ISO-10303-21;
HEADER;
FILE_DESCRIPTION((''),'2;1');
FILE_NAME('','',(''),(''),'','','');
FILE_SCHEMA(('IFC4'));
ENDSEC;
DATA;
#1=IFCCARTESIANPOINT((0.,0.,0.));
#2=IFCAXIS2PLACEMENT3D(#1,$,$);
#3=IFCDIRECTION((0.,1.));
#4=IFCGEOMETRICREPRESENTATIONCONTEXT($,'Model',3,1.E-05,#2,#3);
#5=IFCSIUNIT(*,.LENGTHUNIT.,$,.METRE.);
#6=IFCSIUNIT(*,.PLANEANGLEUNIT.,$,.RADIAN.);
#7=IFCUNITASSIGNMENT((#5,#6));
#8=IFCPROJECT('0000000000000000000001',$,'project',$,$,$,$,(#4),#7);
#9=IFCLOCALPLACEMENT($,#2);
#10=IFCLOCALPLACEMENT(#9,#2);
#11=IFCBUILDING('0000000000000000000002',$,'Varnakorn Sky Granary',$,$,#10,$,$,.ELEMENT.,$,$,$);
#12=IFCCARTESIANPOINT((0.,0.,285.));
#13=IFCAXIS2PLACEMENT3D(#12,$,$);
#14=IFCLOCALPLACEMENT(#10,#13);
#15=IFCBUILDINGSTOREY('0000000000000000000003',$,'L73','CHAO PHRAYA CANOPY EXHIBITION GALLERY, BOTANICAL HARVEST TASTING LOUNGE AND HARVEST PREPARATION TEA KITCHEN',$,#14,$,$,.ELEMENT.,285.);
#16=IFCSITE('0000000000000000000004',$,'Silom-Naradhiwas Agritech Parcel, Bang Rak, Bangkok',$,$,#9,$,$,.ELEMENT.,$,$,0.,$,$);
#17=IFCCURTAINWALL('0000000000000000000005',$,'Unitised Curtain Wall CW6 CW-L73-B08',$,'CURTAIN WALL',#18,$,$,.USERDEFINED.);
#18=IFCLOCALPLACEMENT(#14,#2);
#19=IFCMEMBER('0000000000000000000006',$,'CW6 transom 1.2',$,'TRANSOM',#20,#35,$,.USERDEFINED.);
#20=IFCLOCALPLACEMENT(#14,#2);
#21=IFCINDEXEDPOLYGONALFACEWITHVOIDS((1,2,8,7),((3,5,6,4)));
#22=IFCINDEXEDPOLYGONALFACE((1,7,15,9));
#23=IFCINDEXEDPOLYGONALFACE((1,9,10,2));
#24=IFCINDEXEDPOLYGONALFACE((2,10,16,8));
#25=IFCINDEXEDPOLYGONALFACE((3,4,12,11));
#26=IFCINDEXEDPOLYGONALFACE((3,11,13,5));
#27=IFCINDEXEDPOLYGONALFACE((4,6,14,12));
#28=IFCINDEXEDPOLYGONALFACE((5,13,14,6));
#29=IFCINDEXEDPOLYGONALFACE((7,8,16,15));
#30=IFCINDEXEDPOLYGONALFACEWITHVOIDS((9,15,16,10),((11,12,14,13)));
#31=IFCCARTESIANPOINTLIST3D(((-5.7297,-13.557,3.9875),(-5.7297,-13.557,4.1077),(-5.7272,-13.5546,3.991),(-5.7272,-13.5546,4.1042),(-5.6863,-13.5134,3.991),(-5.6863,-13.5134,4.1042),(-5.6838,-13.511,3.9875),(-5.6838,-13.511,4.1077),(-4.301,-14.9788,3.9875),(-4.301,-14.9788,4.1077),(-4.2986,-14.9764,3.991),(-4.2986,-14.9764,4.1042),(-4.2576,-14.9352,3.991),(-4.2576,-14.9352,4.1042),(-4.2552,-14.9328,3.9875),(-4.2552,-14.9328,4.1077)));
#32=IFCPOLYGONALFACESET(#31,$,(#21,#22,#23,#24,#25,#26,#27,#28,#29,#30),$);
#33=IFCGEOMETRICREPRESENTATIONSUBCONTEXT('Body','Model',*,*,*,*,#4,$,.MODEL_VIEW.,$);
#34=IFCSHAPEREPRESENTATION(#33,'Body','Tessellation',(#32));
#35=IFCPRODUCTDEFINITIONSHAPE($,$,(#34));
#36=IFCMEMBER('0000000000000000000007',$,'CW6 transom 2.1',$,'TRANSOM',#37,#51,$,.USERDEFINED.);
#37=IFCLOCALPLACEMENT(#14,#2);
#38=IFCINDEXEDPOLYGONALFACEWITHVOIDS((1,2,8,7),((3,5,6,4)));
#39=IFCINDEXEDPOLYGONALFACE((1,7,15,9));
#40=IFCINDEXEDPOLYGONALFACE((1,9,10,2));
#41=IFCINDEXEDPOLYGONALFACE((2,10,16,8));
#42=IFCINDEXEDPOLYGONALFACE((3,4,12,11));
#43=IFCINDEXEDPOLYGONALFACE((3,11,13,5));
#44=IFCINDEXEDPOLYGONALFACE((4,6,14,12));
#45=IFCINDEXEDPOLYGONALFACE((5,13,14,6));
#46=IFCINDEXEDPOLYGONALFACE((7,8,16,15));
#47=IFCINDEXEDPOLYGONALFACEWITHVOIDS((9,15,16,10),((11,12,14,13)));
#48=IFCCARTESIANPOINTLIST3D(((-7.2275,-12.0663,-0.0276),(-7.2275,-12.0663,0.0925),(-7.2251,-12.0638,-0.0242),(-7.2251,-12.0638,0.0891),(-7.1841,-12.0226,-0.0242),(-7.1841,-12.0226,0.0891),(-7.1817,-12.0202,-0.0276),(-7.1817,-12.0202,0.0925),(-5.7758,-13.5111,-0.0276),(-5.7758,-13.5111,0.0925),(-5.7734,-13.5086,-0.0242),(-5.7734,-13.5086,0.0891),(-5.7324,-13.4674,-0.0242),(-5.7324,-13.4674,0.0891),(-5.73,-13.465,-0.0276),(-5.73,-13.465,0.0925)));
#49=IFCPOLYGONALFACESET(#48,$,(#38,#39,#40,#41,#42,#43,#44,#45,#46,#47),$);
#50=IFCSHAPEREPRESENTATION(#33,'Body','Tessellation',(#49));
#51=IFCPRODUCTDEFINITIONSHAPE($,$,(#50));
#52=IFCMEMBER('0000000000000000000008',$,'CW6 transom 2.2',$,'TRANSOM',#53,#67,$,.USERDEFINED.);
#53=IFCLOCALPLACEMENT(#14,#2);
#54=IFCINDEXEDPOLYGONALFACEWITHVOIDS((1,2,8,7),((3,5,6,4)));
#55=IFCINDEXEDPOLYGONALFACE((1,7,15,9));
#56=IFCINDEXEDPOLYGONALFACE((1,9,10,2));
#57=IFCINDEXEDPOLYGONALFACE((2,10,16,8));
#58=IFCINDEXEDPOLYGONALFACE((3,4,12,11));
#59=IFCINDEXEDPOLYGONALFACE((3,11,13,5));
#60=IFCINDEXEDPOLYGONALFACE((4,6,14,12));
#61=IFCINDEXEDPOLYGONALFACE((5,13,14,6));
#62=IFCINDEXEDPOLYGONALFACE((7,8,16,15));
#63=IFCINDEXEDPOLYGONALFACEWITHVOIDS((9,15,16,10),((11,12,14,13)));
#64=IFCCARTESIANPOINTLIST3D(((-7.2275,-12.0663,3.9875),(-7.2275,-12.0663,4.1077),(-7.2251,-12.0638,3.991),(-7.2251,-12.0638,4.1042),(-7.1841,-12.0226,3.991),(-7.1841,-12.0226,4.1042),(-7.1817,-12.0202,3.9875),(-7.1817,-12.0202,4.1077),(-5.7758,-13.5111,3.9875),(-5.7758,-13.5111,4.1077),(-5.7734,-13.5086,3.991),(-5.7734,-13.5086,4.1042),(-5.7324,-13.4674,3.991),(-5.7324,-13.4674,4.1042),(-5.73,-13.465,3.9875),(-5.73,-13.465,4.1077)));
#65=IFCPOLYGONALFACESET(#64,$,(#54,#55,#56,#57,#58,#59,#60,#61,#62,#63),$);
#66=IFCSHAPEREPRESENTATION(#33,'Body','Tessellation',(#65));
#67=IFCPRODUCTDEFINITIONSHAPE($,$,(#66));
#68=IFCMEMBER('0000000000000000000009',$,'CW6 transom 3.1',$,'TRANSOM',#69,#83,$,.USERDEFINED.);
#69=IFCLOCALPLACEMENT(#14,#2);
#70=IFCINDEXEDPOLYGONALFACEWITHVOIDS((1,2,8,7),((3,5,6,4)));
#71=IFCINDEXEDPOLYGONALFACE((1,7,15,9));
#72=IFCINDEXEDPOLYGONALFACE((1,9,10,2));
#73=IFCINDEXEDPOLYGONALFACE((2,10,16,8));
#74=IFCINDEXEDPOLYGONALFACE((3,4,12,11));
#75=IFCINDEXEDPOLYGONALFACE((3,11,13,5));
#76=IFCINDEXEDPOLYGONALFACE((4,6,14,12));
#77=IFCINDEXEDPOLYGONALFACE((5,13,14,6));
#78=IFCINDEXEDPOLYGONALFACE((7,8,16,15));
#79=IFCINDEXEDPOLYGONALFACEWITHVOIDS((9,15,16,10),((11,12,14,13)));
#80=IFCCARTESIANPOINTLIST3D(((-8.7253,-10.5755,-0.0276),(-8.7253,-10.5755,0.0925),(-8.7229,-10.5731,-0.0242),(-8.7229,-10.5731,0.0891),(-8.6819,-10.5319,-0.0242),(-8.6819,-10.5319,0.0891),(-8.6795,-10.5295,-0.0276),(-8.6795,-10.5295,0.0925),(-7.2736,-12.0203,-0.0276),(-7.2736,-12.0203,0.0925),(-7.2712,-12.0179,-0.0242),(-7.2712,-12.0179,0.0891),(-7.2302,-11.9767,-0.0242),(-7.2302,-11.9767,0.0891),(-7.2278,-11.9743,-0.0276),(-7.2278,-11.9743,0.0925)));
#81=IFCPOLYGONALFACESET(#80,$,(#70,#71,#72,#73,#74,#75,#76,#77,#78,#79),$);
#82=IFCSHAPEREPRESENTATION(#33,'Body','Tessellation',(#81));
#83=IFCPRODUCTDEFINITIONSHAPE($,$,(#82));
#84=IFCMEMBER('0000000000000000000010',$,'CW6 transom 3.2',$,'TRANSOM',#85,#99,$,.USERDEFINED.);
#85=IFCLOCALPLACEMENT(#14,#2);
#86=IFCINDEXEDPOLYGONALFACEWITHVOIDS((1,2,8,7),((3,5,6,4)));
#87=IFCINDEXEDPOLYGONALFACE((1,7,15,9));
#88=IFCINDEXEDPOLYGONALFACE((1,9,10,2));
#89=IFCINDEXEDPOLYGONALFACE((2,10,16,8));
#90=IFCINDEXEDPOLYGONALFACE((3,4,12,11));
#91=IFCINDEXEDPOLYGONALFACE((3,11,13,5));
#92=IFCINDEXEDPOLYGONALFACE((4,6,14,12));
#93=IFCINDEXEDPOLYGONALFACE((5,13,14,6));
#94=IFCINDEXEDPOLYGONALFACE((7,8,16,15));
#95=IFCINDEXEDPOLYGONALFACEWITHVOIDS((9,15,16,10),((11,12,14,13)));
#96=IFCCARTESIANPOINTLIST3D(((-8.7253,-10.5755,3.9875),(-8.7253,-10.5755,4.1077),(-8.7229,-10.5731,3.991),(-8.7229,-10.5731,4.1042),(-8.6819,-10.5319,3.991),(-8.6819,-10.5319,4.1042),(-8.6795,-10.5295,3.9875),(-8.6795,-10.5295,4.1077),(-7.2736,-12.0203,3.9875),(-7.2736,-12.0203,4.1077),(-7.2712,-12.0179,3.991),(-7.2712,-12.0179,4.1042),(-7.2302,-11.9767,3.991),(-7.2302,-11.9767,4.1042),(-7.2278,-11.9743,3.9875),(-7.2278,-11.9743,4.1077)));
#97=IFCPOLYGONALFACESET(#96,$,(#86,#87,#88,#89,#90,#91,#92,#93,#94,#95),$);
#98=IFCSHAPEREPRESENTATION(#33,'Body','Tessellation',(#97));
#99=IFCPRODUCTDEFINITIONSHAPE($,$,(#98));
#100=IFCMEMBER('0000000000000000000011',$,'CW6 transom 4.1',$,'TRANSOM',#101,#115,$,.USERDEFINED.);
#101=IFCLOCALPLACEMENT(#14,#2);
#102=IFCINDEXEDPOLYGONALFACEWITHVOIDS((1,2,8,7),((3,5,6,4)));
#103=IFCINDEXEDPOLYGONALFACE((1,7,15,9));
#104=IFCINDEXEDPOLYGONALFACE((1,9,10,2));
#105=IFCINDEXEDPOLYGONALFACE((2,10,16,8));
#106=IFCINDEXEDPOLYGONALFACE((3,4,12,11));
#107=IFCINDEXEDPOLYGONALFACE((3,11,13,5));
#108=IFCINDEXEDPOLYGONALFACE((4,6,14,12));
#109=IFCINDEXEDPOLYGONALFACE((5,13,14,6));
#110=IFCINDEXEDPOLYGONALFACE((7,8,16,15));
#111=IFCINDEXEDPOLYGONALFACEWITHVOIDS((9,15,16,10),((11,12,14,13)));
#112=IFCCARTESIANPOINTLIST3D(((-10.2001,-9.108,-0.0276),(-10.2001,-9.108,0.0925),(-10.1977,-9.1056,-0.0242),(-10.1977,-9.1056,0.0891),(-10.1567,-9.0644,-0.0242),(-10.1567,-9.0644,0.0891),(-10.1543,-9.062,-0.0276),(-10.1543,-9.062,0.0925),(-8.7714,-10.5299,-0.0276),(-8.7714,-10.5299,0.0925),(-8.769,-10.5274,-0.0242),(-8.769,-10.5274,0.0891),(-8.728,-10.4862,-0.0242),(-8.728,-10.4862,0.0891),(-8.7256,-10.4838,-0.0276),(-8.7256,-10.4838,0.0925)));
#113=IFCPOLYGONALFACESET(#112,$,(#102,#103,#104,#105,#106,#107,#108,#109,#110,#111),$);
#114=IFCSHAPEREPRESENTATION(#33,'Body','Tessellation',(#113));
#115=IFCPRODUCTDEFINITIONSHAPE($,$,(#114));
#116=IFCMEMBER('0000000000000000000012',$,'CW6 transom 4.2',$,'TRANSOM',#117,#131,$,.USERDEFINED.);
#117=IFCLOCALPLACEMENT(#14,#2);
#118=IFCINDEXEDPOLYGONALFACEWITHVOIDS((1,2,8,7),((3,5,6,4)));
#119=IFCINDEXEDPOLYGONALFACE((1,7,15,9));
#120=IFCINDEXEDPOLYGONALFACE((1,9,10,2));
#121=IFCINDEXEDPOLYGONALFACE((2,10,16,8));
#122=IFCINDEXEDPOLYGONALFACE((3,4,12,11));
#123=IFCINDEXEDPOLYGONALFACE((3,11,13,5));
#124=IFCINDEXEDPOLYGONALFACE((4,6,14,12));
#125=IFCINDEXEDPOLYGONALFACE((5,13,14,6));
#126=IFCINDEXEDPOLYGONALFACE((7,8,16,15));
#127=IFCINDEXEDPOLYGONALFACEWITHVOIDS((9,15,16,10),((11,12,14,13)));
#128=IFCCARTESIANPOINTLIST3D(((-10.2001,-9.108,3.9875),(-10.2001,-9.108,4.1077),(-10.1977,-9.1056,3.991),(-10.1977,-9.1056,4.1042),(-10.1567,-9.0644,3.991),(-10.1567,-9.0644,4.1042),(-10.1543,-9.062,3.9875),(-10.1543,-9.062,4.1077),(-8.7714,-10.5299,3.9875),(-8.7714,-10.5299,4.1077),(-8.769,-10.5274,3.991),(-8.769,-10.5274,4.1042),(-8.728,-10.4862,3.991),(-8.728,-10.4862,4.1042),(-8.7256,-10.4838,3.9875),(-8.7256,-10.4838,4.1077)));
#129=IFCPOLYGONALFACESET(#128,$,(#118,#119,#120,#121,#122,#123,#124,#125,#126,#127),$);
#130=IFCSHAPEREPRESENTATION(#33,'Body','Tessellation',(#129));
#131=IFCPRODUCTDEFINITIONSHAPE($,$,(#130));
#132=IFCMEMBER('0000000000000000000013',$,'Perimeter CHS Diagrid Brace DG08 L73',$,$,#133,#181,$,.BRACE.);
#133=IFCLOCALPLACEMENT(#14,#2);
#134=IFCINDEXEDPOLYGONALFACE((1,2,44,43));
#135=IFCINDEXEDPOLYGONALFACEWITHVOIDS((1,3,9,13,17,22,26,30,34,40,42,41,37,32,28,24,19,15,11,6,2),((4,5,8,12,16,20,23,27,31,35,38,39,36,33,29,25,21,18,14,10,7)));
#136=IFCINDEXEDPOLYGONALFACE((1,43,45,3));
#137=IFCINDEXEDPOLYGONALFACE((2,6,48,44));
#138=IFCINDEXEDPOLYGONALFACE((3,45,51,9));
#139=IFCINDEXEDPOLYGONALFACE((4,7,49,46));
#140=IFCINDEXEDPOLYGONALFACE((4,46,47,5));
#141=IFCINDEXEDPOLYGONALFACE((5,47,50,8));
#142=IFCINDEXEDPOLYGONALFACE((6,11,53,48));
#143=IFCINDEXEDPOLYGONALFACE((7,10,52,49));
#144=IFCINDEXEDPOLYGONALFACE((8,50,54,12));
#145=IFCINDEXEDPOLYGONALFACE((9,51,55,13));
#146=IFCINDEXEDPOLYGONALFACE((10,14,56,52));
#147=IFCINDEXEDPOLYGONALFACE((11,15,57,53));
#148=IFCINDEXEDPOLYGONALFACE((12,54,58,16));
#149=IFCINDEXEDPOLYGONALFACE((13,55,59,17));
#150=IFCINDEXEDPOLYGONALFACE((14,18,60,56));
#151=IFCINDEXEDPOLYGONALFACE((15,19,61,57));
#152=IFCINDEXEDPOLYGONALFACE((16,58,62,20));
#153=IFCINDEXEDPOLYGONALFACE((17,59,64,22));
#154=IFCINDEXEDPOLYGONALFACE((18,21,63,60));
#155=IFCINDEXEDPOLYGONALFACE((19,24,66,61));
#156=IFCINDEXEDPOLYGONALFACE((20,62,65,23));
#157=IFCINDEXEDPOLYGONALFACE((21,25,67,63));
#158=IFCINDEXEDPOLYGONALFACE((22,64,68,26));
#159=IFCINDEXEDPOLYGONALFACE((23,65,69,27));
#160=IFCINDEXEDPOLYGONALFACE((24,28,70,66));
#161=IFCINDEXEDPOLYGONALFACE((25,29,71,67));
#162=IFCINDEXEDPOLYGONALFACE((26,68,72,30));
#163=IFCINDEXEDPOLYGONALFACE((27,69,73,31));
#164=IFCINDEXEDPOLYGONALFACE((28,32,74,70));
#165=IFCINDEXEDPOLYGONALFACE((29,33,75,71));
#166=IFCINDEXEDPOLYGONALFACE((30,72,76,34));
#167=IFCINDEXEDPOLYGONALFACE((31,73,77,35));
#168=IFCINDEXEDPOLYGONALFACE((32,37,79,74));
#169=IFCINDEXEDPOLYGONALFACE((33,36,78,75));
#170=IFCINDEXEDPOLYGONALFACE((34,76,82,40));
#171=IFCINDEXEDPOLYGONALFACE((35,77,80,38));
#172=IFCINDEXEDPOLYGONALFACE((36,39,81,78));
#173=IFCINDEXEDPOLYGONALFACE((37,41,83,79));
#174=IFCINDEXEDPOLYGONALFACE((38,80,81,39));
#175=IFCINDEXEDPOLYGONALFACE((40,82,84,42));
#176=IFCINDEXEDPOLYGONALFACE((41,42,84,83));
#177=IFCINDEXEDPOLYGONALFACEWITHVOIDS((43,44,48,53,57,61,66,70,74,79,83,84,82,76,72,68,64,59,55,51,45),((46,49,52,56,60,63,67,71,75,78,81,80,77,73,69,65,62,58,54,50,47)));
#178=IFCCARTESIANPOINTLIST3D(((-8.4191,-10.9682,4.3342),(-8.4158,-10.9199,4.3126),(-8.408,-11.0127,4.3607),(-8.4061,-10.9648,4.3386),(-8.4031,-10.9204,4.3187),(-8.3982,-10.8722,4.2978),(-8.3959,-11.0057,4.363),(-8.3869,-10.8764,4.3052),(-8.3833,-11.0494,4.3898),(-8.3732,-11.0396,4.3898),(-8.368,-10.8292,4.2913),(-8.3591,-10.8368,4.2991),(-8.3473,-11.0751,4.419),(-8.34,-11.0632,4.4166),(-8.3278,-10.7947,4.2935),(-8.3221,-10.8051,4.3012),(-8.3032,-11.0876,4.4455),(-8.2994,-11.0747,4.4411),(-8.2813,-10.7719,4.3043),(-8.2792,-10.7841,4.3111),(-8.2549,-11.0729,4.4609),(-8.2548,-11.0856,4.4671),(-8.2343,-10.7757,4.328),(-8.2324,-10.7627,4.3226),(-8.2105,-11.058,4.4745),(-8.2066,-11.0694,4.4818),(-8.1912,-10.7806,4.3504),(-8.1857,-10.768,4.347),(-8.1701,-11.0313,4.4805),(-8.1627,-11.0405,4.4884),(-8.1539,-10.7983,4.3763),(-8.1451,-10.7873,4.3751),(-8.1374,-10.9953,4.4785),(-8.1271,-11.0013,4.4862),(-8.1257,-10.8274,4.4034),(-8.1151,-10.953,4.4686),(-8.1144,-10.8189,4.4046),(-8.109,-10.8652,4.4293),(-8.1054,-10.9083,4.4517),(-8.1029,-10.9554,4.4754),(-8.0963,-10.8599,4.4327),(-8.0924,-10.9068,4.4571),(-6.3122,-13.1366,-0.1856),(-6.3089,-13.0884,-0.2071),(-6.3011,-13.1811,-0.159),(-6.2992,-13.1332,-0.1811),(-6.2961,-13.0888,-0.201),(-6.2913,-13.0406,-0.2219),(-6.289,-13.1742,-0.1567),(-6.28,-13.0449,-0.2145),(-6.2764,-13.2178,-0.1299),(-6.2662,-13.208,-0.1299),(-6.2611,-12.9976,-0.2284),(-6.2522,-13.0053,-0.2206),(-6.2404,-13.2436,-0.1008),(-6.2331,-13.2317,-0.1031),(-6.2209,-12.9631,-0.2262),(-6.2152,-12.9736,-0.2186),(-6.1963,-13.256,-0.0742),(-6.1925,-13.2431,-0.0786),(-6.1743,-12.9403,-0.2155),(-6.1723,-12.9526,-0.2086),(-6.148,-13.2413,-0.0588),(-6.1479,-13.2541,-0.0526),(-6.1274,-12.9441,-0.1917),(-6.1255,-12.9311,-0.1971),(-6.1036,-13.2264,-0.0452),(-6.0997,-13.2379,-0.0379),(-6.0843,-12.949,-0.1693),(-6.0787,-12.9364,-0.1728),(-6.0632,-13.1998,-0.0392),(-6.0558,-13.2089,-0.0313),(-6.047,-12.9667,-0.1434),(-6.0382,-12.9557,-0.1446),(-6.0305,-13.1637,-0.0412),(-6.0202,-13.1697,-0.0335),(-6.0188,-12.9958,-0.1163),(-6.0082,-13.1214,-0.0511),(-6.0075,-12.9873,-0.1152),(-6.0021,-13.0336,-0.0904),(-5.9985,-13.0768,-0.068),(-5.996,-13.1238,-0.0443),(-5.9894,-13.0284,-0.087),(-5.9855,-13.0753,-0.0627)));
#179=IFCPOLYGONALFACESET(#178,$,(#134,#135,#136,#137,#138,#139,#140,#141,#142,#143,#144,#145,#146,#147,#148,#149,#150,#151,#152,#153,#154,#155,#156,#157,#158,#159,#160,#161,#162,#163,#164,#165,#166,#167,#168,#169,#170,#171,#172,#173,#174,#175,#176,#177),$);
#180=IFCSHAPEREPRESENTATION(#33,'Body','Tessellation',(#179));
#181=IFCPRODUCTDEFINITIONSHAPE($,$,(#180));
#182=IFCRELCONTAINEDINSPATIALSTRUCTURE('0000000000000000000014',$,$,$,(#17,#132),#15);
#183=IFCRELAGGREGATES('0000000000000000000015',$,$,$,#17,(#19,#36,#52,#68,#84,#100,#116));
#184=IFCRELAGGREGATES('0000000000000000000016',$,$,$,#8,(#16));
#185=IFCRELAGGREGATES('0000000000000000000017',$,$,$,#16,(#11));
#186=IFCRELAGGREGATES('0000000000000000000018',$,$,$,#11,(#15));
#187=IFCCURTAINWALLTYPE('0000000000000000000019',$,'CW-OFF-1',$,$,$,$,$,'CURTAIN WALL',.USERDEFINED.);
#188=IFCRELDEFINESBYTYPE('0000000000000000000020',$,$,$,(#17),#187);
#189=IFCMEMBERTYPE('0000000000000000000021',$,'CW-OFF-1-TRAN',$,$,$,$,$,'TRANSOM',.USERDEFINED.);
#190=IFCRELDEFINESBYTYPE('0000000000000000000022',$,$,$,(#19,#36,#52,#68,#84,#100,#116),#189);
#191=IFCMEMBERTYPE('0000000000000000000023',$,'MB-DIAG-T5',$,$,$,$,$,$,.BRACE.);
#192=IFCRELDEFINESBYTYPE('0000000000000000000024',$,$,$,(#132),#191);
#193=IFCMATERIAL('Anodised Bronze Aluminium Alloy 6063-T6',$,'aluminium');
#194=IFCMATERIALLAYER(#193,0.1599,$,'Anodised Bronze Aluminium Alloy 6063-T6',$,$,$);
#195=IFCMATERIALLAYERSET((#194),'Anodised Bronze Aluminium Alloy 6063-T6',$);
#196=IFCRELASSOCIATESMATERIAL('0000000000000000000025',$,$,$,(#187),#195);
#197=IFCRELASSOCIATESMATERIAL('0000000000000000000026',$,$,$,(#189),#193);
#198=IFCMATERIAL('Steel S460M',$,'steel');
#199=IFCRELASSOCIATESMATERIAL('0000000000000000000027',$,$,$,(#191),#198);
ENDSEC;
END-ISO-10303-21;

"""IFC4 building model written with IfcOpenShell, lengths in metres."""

from ifc_helpers import new_model, si_unit, direction, frame, origin, origin_2d, place, context, subcontext, project, spatial, hollow_rectangle, hollow_circle, extrude, material, layer, layer_set, material_profile, profile_set, type_object, element, aggregate, save


model = new_model("IFC4")

# Units and contexts
model_context = context("Model", 3, precision=1e-05, world=origin(), true_north=direction((0.0, 1.0)))
body_context = subcontext(model_context, "Body", "Model", "MODEL_VIEW")
ifc_project = project(units=[si_unit("LENGTHUNIT", "METRE"), si_unit("PLANEANGLEUNIT", "RADIAN")], contexts=[model_context])

# Site, building, storey
site_placement = place(None, origin())
site = spatial("IfcSite", under=ifc_project, at=site_placement, Name="Silom-Naradhiwas Agritech Parcel, Bang Rak, Bangkok", CompositionType="ELEMENT", RefElevation=0.0)
building_placement = place(site_placement, origin())
building = spatial("IfcBuilding", under=site, at=building_placement, Name="Varnakorn Sky Granary", CompositionType="ELEMENT")
storey_placement = place(building_placement, frame((0.0, 0.0, 285.0)))
storey = spatial("IfcBuildingStorey", under=building, at=storey_placement, Name="L73", Description="CHAO PHRAYA CANOPY EXHIBITION GALLERY, BOTANICAL HARVEST TASTING LOUNGE AND HARVEST PREPARATION TEA KITCHEN", CompositionType="ELEMENT", Elevation=285.0)

# Shared definitions
ifc_material_1 = material(Name="Steel S460M", Category="steel")

# Curtain wall, members
ifc_material_2 = material(Name="Anodised Bronze Aluminium Alloy 6063-T6", Category="aluminium")
ifc_layer_1 = layer(ifc_material_2, 0.1599, Name="Anodised Bronze Aluminium Alloy 6063-T6")
ifc_layer_set_1 = layer_set([ifc_layer_1], Name="Anodised Bronze Aluminium Alloy 6063-T6")
curtain_wall_type = type_object("IfcCurtainWallType", Name="CW-OFF-1", ElementType="CURTAIN WALL", PredefinedType="USERDEFINED", material=ifc_layer_set_1)
curtain_wall_placement = place(storey_placement, origin())
curtain_wall = element("IfcCurtainWall", 1, at=curtain_wall_placement, inside=storey, type_object=curtain_wall_type, Name="Unitised Curtain Wall CW6 CW-L73-B08", ObjectType="CURTAIN WALL", PredefinedType="USERDEFINED")
ifc_material_profile_1 = material_profile(ifc_material_2, hollow_rectangle(XDim=0.0649, YDim=0.1201, WallThickness=0.0034, at=origin_2d()), Name="ALU TRAN 65x120")
ifc_profile_set_1 = profile_set([ifc_material_profile_1], Name="Anodised Bronze Aluminium Alloy 6063-T6")
member_type_1 = type_object("IfcMemberType", Name="CW-OFF-1-TRAN", ElementType="TRANSOM", PredefinedType="USERDEFINED", material=ifc_profile_set_1)
member_1_placement = place(storey_placement, frame((-4.2781, -14.9558, 4.0476), z_axis=(-0.7088, 0.705409, 0.0), x_axis=(-0.705409, -0.7088, 0.0)))
member_1 = element("IfcMember", 2, at=member_1_placement, type_object=member_type_1, Name="CW6 transom 1.2", ObjectType="TRANSOM", PredefinedType="USERDEFINED", context=body_context, shape_type="SweptSolid", body=[
    extrude(hollow_rectangle(XDim=0.0649, YDim=0.1201, WallThickness=0.0034, at=origin_2d()), origin(), (0.0, 0.0, 1.0), 2.0156),
])
member_2_placement = place(storey_placement, frame((-5.7529, -13.488, 0.0325), z_axis=(-0.708774, 0.705436, 0.0), x_axis=(-0.705436, -0.708774, 0.0)))
member_2 = element("IfcMember", 3, at=member_2_placement, type_object=member_type_1, Name="CW6 transom 2.1", ObjectType="TRANSOM", PredefinedType="USERDEFINED", context=body_context, shape_type="SweptSolid", body=[
    extrude(hollow_rectangle(XDim=0.0649, YDim=0.1201, WallThickness=0.0034, at=origin_2d()), origin(), (0.0, 0.0, 1.0), 2.0481),
])
member_3_placement = place(storey_placement, frame((-5.7529, -13.488, 4.0476), z_axis=(-0.708774, 0.705436, 0.0), x_axis=(-0.705436, -0.708774, 0.0)))
member_3 = element("IfcMember", 4, at=member_3_placement, type_object=member_type_1, Name="CW6 transom 2.2", ObjectType="TRANSOM", PredefinedType="USERDEFINED", context=body_context, shape_type="SweptSolid", body=[
    extrude(hollow_rectangle(XDim=0.0649, YDim=0.1201, WallThickness=0.0034, at=origin_2d()), origin(), (0.0, 0.0, 1.0), 2.0481),
])
member_4_placement = place(storey_placement, frame((-7.2507, -11.9973, 0.0325), z_axis=(-0.708774, 0.705436, 0.0), x_axis=(-0.705436, -0.708774, 0.0)))
member_4 = element("IfcMember", 5, at=member_4_placement, type_object=member_type_1, Name="CW6 transom 3.1", ObjectType="TRANSOM", PredefinedType="USERDEFINED", context=body_context, shape_type="SweptSolid", body=[
    extrude(hollow_rectangle(XDim=0.0649, YDim=0.1201, WallThickness=0.0034, at=origin_2d()), origin(), (0.0, 0.0, 1.0), 2.0481),
])
member_5_placement = place(storey_placement, frame((-7.2507, -11.9973, 4.0476), z_axis=(-0.708774, 0.705436, 0.0), x_axis=(-0.705436, -0.708774, 0.0)))
member_5 = element("IfcMember", 6, at=member_5_placement, type_object=member_type_1, Name="CW6 transom 3.2", ObjectType="TRANSOM", PredefinedType="USERDEFINED", context=body_context, shape_type="SweptSolid", body=[
    extrude(hollow_rectangle(XDim=0.0649, YDim=0.1201, WallThickness=0.0034, at=origin_2d()), origin(), (0.0, 0.0, 1.0), 2.0481),
])
member_6_placement = place(storey_placement, frame((-8.7485, -10.5068, 0.0325), z_axis=(-0.7088, 0.705409, 0.0), x_axis=(-0.705409, -0.7088, 0.0)))
member_6 = element("IfcMember", 7, at=member_6_placement, type_object=member_type_1, Name="CW6 transom 4.1", ObjectType="TRANSOM", PredefinedType="USERDEFINED", context=body_context, shape_type="SweptSolid", body=[
    extrude(hollow_rectangle(XDim=0.0649, YDim=0.1201, WallThickness=0.0034, at=origin_2d()), origin(), (0.0, 0.0, 1.0), 2.0156),
])
member_7_placement = place(storey_placement, frame((-8.7485, -10.5068, 4.0476), z_axis=(-0.7088, 0.705409, 0.0), x_axis=(-0.705409, -0.7088, 0.0)))
member_7 = element("IfcMember", 8, at=member_7_placement, type_object=member_type_1, Name="CW6 transom 4.2", ObjectType="TRANSOM", PredefinedType="USERDEFINED", context=body_context, shape_type="SweptSolid", body=[
    extrude(hollow_rectangle(XDim=0.0649, YDim=0.1201, WallThickness=0.0034, at=origin_2d()), origin(), (0.0, 0.0, 1.0), 2.0156),
])

# Member
ifc_material_profile_2 = material_profile(ifc_material_1, hollow_circle(Radius=0.1777, WallThickness=0.0142, at=origin_2d()), Name="CHS 355.6x14")
ifc_profile_set_2 = profile_set([ifc_material_profile_2], Name="Steel S460M")
member_type_2 = type_object("IfcMemberType", Name="MB-DIAG-T5", PredefinedType="BRACE", material=ifc_profile_set_2)
member_8_placement = place(storey_placement, frame((-6.1489, -13.094, -0.1299), z_axis=(-0.38746, 0.398774, 0.831176), x_axis=(-0.717208, -0.696859, 0.0)))
element("IfcMember", 9, at=member_8_placement, inside=storey, type_object=member_type_2, Name="Perimeter CHS Diagrid Brace DG08 L73", PredefinedType="BRACE", context=body_context, shape_type="SweptSolid", body=[
    extrude(hollow_circle(Radius=0.1777, WallThickness=0.0142, at=origin_2d()), origin(), (0.0, 0.0, 1.0), 5.4377),
])

aggregate(curtain_wall, [member_1, member_2, member_3, member_4, member_5, member_6, member_7])

save(model, "model.ifc")
